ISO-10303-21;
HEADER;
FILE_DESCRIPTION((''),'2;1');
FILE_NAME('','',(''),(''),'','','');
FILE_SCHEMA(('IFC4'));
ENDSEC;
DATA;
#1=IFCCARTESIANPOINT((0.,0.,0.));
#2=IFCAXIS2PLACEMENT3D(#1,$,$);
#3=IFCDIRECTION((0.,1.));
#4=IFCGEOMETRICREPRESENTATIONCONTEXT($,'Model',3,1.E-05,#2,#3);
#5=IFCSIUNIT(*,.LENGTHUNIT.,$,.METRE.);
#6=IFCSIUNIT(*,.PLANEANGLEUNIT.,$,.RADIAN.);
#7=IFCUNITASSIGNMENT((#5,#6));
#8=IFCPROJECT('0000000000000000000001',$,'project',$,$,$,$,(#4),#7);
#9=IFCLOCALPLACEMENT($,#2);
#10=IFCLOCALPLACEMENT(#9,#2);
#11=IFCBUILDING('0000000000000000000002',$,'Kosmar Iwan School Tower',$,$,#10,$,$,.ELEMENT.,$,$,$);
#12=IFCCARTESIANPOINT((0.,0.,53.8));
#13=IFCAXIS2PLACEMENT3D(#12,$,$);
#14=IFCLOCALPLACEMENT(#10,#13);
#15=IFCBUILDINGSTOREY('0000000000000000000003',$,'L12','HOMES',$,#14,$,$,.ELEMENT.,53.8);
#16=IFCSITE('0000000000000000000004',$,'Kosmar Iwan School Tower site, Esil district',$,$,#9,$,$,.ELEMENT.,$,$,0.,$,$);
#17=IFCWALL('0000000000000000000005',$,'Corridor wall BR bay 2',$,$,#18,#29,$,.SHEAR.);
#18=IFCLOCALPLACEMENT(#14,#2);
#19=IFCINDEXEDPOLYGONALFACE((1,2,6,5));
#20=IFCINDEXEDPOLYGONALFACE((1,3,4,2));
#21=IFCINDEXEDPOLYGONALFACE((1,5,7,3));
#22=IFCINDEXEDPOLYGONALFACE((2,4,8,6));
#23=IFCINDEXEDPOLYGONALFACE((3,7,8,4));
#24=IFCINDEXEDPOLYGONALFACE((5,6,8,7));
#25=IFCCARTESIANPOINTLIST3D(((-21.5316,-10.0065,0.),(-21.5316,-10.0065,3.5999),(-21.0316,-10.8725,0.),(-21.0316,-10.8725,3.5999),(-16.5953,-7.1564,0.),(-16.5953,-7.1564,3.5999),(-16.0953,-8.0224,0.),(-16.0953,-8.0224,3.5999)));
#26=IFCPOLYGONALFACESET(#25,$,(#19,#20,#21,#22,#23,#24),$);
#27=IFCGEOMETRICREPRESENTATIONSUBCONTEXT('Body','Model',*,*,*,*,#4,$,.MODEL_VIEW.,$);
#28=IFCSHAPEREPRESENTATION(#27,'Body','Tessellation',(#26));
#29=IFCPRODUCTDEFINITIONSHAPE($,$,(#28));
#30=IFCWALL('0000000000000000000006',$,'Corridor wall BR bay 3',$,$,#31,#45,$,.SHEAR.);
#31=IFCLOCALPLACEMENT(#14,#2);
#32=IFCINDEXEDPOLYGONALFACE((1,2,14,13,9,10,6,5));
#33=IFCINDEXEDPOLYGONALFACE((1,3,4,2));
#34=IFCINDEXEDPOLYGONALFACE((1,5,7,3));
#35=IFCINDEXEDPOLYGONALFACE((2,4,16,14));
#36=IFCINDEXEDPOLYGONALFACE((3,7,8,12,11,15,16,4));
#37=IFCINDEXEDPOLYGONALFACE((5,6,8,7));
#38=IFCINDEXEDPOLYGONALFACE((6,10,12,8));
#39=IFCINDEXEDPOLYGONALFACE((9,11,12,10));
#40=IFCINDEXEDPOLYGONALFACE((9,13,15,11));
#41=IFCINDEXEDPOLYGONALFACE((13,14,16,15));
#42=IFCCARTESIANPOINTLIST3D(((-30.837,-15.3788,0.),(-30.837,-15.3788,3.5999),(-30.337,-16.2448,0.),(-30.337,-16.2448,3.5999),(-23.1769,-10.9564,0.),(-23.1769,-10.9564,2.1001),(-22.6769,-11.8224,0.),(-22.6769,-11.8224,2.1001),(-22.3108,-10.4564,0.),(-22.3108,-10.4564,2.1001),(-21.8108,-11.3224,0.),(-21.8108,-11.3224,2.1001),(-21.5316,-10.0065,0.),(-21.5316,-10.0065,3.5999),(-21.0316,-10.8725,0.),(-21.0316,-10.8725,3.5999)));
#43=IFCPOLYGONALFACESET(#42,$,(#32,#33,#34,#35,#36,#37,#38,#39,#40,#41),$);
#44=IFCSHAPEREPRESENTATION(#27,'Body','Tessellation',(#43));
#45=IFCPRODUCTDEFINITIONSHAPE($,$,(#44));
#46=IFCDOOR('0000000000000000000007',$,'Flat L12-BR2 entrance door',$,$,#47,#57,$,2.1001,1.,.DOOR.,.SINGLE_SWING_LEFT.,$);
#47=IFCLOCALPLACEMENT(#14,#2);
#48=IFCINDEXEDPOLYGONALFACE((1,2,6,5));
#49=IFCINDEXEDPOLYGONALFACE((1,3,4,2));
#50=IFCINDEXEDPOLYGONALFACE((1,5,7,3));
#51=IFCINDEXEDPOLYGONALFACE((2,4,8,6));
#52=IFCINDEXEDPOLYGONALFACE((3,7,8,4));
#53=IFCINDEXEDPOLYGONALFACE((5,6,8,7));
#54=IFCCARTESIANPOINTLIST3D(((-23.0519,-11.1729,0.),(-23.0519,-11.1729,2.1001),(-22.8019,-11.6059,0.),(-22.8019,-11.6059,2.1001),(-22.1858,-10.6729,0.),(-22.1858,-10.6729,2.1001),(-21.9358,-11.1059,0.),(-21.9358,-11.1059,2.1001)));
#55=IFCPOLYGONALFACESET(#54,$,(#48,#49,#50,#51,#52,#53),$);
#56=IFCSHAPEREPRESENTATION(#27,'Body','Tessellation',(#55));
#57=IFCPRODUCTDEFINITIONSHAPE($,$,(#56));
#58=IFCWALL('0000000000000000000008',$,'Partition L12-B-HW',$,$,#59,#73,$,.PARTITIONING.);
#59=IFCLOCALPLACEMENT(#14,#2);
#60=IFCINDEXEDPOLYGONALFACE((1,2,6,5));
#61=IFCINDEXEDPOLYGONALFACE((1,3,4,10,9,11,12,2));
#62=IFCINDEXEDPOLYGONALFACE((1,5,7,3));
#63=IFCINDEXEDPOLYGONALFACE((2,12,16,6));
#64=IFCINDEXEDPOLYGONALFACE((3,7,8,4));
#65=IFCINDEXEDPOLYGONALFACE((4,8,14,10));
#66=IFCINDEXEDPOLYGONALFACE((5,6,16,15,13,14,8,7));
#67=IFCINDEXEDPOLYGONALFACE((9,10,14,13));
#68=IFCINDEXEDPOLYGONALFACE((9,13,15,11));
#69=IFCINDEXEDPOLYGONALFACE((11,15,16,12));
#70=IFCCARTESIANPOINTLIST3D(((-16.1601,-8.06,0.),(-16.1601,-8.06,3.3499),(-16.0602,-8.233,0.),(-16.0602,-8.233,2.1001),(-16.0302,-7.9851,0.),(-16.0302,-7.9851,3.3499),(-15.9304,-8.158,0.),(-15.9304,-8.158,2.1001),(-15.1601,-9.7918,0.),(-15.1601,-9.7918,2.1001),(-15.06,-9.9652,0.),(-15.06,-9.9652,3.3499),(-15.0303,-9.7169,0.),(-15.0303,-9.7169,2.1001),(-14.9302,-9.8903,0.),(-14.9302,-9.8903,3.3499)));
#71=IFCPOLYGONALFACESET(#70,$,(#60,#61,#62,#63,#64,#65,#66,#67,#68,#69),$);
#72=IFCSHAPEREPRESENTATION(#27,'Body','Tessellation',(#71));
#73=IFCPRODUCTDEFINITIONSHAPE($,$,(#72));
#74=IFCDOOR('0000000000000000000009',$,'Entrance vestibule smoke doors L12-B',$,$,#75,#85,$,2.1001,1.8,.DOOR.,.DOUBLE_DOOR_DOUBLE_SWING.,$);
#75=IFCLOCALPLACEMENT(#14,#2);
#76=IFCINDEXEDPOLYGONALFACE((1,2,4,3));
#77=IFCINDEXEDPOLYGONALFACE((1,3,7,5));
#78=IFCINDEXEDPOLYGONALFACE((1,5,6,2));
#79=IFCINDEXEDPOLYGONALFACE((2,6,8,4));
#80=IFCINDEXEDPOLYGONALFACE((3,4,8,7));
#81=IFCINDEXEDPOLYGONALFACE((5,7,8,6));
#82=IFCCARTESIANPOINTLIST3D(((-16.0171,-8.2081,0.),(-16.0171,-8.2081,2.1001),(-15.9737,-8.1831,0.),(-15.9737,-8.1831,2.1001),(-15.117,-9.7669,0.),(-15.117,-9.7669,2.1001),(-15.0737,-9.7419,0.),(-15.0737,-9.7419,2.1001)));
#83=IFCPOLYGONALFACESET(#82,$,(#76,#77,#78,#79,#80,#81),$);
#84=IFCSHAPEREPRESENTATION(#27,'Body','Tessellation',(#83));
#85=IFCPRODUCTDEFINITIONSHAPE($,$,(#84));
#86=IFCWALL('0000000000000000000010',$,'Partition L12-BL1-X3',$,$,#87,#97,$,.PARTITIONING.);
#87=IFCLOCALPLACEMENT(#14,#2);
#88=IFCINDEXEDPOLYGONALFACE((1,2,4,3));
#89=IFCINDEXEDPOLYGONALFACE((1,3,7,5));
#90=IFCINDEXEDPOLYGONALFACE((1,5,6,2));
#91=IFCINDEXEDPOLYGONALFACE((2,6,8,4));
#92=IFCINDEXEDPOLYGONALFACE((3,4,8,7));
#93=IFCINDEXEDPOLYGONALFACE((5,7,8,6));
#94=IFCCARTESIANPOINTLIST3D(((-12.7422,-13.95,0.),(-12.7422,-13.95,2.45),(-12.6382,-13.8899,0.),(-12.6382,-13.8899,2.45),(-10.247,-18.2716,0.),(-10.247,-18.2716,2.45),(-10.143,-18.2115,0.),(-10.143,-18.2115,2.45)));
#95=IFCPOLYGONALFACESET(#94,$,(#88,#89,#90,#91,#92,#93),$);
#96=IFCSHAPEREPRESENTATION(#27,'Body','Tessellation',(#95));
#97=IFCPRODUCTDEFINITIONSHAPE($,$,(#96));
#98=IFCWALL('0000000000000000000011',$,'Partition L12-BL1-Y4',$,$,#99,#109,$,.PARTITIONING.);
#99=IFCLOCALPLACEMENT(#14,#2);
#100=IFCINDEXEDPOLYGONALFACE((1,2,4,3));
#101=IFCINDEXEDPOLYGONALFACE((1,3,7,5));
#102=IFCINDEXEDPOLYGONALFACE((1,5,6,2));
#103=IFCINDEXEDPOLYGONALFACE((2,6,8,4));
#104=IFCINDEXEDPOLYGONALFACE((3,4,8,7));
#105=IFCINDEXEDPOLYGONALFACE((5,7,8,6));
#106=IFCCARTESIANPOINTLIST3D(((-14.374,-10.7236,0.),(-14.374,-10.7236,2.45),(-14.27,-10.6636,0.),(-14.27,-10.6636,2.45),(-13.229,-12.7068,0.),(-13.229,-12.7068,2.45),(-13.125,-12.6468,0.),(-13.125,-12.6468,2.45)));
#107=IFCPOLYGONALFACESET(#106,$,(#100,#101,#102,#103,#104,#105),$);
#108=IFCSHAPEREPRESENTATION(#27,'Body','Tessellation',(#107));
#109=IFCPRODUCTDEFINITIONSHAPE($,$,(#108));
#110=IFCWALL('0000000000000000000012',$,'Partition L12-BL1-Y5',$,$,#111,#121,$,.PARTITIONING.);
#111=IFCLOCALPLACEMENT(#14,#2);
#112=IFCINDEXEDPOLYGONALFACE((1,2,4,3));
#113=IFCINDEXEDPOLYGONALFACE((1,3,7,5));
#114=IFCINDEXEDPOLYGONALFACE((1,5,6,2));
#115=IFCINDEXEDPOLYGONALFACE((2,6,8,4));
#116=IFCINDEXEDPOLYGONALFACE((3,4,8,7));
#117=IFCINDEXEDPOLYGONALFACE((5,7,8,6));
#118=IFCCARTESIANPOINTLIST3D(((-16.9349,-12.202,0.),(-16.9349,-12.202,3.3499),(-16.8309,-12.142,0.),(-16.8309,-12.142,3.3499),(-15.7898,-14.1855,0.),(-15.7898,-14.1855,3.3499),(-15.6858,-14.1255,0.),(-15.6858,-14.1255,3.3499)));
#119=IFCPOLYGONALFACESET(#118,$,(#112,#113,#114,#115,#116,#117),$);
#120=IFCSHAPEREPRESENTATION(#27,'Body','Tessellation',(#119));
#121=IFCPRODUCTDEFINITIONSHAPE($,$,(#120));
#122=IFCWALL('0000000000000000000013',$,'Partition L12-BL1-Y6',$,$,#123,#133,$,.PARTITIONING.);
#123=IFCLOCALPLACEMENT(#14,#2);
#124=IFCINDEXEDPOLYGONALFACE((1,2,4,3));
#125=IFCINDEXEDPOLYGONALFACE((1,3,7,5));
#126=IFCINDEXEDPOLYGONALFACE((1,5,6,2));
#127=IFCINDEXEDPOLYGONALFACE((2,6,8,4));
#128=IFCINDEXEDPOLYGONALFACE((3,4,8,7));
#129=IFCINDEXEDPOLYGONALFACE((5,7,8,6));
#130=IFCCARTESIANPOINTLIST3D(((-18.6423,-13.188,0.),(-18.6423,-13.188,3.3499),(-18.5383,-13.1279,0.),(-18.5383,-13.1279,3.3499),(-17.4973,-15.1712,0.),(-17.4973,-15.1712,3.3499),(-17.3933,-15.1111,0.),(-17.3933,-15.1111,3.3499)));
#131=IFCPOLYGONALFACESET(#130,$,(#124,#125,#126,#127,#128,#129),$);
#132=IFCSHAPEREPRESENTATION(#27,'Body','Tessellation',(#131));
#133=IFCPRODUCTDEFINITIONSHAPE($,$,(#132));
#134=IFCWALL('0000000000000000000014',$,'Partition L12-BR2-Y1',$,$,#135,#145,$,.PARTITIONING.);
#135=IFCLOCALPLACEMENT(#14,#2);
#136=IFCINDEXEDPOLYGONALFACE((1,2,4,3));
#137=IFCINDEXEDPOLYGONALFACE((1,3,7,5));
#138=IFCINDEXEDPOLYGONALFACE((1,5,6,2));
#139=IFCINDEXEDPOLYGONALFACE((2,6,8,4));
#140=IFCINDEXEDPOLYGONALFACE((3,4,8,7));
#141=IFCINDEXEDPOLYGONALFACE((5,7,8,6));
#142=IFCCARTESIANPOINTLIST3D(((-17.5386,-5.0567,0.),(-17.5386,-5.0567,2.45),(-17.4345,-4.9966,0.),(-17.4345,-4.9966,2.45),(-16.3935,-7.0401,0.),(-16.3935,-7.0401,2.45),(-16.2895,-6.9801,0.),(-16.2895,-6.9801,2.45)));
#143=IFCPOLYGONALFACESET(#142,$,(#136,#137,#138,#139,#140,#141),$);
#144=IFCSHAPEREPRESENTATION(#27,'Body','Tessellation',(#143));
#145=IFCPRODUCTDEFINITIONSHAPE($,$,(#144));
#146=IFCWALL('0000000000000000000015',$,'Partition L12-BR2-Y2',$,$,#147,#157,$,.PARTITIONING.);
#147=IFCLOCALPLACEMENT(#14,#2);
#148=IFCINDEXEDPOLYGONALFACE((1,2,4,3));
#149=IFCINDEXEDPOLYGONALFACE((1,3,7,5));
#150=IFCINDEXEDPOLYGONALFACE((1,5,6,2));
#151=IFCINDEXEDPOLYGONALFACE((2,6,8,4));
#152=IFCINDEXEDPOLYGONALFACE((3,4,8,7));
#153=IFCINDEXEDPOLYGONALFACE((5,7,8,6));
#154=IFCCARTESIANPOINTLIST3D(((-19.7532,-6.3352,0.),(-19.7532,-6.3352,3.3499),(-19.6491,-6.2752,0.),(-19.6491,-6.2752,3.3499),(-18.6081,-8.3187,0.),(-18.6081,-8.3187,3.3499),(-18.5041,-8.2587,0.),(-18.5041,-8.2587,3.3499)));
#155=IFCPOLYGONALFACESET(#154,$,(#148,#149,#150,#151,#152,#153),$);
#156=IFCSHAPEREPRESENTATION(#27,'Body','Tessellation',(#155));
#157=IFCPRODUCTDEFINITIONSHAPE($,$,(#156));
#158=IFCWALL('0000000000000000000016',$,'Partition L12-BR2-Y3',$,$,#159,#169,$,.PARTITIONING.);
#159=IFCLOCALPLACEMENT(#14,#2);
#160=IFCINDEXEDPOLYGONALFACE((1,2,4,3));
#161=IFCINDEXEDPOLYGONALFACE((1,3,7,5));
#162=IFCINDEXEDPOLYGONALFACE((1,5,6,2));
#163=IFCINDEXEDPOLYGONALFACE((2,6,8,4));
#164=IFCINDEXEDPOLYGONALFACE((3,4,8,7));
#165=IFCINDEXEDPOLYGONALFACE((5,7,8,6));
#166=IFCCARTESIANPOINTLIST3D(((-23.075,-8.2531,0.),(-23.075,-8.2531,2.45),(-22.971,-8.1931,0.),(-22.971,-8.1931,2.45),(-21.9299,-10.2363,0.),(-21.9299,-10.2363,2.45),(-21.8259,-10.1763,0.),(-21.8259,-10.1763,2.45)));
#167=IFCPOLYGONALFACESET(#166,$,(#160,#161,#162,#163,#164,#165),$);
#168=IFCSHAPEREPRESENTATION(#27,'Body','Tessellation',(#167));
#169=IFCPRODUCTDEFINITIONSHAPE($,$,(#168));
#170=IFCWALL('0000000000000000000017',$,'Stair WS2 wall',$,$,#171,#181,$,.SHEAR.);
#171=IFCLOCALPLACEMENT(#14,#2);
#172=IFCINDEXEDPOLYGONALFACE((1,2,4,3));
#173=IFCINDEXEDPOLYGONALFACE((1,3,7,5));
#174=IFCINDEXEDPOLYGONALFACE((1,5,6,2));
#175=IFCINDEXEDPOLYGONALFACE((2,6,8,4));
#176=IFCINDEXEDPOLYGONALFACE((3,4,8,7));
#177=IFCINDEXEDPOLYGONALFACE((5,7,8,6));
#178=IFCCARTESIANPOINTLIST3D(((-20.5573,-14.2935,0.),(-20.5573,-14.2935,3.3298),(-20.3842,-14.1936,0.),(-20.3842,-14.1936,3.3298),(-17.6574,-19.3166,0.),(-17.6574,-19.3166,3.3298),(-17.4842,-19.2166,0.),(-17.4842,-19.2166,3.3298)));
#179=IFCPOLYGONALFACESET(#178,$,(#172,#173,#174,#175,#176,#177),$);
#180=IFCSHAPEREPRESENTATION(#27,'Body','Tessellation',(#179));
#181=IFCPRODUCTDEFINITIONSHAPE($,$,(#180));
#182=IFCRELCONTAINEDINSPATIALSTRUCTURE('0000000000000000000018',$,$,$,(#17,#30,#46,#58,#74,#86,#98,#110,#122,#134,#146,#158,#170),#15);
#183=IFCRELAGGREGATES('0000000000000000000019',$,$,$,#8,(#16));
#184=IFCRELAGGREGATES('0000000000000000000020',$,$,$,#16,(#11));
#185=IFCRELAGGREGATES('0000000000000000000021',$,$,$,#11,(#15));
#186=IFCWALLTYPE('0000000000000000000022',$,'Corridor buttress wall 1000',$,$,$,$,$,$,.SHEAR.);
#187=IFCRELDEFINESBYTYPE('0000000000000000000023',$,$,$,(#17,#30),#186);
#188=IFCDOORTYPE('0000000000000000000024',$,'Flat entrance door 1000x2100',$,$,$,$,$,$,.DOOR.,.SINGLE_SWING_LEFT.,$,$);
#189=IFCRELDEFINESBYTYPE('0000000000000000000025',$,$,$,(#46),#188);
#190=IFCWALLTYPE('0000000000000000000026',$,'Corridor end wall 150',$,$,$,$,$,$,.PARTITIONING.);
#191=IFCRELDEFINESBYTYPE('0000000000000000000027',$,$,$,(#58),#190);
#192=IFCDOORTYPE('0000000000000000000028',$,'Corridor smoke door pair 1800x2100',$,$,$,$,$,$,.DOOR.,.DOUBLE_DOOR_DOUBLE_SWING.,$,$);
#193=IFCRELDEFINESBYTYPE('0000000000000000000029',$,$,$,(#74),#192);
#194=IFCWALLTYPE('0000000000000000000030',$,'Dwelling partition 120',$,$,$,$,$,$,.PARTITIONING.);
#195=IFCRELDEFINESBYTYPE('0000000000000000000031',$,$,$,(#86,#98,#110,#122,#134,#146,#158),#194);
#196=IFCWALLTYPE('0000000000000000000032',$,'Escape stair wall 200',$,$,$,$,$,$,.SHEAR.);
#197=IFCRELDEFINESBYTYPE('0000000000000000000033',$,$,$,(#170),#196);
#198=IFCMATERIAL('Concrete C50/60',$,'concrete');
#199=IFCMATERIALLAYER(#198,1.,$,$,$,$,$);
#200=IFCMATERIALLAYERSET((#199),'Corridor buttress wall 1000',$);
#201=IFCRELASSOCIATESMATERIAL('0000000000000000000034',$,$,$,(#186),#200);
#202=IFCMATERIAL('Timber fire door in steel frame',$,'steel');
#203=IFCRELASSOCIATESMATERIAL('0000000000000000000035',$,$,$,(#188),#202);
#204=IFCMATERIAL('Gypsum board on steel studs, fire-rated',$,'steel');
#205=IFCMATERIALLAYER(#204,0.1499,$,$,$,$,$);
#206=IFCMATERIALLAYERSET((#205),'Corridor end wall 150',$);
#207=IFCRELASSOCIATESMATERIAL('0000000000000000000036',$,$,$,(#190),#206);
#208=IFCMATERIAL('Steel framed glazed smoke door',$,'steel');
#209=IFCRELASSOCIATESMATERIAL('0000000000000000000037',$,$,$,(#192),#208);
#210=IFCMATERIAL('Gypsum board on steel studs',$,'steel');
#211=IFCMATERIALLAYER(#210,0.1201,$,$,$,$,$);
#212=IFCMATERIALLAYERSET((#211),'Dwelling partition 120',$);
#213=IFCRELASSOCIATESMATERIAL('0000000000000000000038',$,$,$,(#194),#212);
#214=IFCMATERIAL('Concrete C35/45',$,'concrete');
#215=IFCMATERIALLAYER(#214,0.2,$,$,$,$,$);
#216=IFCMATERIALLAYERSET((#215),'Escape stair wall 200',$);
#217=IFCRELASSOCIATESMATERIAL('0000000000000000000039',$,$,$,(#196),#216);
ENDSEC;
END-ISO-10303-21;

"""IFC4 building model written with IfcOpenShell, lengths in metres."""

from ifc_helpers import new_model, si_unit, direction, frame, frame_2d, origin, place, context, subcontext, project, spatial, rectangle, extrude, material, layer, layer_set, type_object, element, fill, save


model = new_model("IFC4")

# Units and contexts
model_context = context("Model", 3, precision=1e-05, world=origin(), true_north=direction((0.0, 1.0)))
body_context = subcontext(model_context, "Body", "Model", "MODEL_VIEW")
ifc_project = project(units=[si_unit("LENGTHUNIT", "METRE"), si_unit("PLANEANGLEUNIT", "RADIAN")], contexts=[model_context])

# Site, building, storey
site_placement = place(None, origin())
site = spatial("IfcSite", under=ifc_project, at=site_placement, Name="Kosmar Iwan School Tower site, Esil district", CompositionType="ELEMENT", RefElevation=0.0)
building_placement = place(site_placement, origin())
building = spatial("IfcBuilding", under=site, at=building_placement, Name="Kosmar Iwan School Tower", CompositionType="ELEMENT")
storey_placement = place(building_placement, frame((0.0, 0.0, 53.8)))
storey = spatial("IfcBuildingStorey", under=building, at=storey_placement, Name="L12", Description="HOMES", CompositionType="ELEMENT", Elevation=53.8)

# Shared definitions
ifc_material_1 = material(Name="Concrete C50/60", Category="concrete")
ifc_layer_1 = layer(ifc_material_1, 1.0)
ifc_layer_set_1 = layer_set([ifc_layer_1], Name="Corridor buttress wall 1000")
wall_type_1 = type_object("IfcWallType", Name="Corridor buttress wall 1000", PredefinedType="SHEAR", material=ifc_layer_set_1)

# Shared definitions
ifc_material_2 = material(Name="Timber fire door in steel frame", Category="steel")
door_type_1 = type_object("IfcDoorType", Name="Flat entrance door 1000x2100", OperationType="SINGLE_SWING_LEFT", PredefinedType="DOOR", material=ifc_material_2)

# Wall
wall_1_placement = place(storey_placement, frame((-16.3452, -7.5894, 0.0), z_axis=(0.0, 0.0, 1.0), x_axis=(-0.866015, -0.500018, 0.0)))
element("IfcWall", 1, at=wall_1_placement, inside=storey, type_object=wall_type_1, Name="Corridor wall BR bay 2", PredefinedType="SHEAR", context=body_context, shape_type="SweptSolid", body=[
    extrude(rectangle(XDim=5.7, YDim=1.0, at=frame_2d((2.8501, 0.0))), origin(), (0.0, 0.0, 1.0), 3.5999),
])

# Walls, openings, doors
wall_2_placement = place(storey_placement, frame((-21.2815, -10.4395, 0.0), z_axis=(0.0, 0.0, 1.0), x_axis=(-0.866032, -0.499988, 0.0)))
wall_2 = element("IfcWall", 2, at=wall_2_placement, inside=storey, type_object=wall_type_1, Name="Corridor wall BR bay 3", PredefinedType="SHEAR", context=body_context, shape_type="SweptSolid", body=[
    extrude(rectangle(XDim=10.7449, YDim=1.0, at=frame_2d((5.3726, 0.0))), origin(), (0.0, 0.0, 1.0), 3.5999),
])
opening_1_placement = place(wall_2_placement, frame((0.8999, 0.0, 0.0)))
opening_1 = element("IfcOpeningElement", 3, at=opening_1_placement, cuts=wall_2, PredefinedType="OPENING", context=body_context, shape_type="SweptSolid", body=[
    extrude(rectangle(XDim=1.0, YDim=2.1001, at=frame_2d((0.5, 1.05))), frame((0.0, 0.512, 0.0), z_axis=(0.0, -1.0, 0.0), x_axis=(1.0, 0.0, 0.0)), (0.0, 0.0, 1.0), 1.0239),
])
door_1_placement = place(opening_1_placement, origin())
door_1 = element("IfcDoor", 4, at=door_1_placement, inside=storey, type_object=door_type_1, Name="Flat L12-BR2 entrance door", OperationType="SINGLE_SWING_LEFT", OverallHeight=2.1001, OverallWidth=1.0, PredefinedType="DOOR", context=body_context, shape_type="SweptSolid", body=[
    extrude(rectangle(XDim=1.0, YDim=2.1001, at=frame_2d((0.5, 1.05))), frame((0.0, 0.25, 0.0), z_axis=(0.0, -1.0, 0.0), x_axis=(1.0, 0.0, 0.0)), (0.0, 0.0, 1.0), 0.5),
])
fill(opening_1, door_1)
ifc_material_3 = material(Name="Gypsum board on steel studs, fire-rated", Category="steel")
ifc_layer_2 = layer(ifc_material_3, 0.1499)
ifc_layer_set_2 = layer_set([ifc_layer_2], Name="Corridor end wall 150")
wall_type_2 = type_object("IfcWallType", Name="Corridor end wall 150", PredefinedType="PARTITIONING", material=ifc_layer_set_2)
wall_3_placement = place(storey_placement, frame((-16.0952, -8.0225, 0.0), z_axis=(0.0, 0.0, 1.0), x_axis=(0.50003, -0.866008, 0.0)))
wall_3 = element("IfcWall", 5, at=wall_3_placement, inside=storey, type_object=wall_type_2, Name="Partition L12-B-HW", PredefinedType="PARTITIONING", context=body_context, shape_type="SweptSolid", body=[
    extrude(rectangle(XDim=2.2, YDim=0.1499, at=frame_2d((1.1001, 0.0))), origin(), (0.0, 0.0, 1.0), 3.3499),
])
opening_2_placement = place(wall_3_placement, frame((0.2, 0.0, 0.0)))
opening_2 = element("IfcOpeningElement", 6, at=opening_2_placement, cuts=wall_3, PredefinedType="OPENING", context=body_context, shape_type="SweptSolid", body=[
    extrude(rectangle(XDim=1.8, YDim=2.1001, at=frame_2d((0.8999, 1.05))), frame((0.0, 0.0869, 0.0), z_axis=(0.0, -1.0, 0.0), x_axis=(1.0, 0.0, 0.0)), (0.0, 0.0, 1.0), 0.1738),
])
ifc_material_4 = material(Name="Steel framed glazed smoke door", Category="steel")
door_type_2 = type_object("IfcDoorType", Name="Corridor smoke door pair 1800x2100", OperationType="DOUBLE_DOOR_DOUBLE_SWING", PredefinedType="DOOR", material=ifc_material_4)
door_2_placement = place(opening_2_placement, origin())
door_2 = element("IfcDoor", 7, at=door_2_placement, inside=storey, type_object=door_type_2, Name="Entrance vestibule smoke doors L12-B", OperationType="DOUBLE_DOOR_DOUBLE_SWING", OverallHeight=2.1001, OverallWidth=1.8, PredefinedType="DOOR", context=body_context, shape_type="SweptSolid", body=[
    extrude(rectangle(XDim=1.8, YDim=2.1001, at=frame_2d((0.8999, 1.05))), frame((0.0, 0.0249, 0.0), z_axis=(0.0, -1.0, 0.0), x_axis=(1.0, 0.0, 0.0)), (0.0, 0.0, 1.0), 0.05),
])
fill(opening_2, door_2)

# Walls
ifc_material_5 = material(Name="Gypsum board on steel studs", Category="steel")
ifc_layer_3 = layer(ifc_material_5, 0.1201)
ifc_layer_set_3 = layer_set([ifc_layer_3], Name="Dwelling partition 120")
wall_type_3 = type_object("IfcWallType", Name="Dwelling partition 120", PredefinedType="PARTITIONING", material=ifc_layer_set_3)
wall_4_placement = place(storey_placement, frame((-12.6902, -13.9199, 0.0), z_axis=(0.0, 0.0, 1.0), x_axis=(0.500012, -0.866019, 0.0)))
element("IfcWall", 8, at=wall_4_placement, inside=storey, type_object=wall_type_3, Name="Partition L12-BL1-X3", PredefinedType="PARTITIONING", context=body_context, shape_type="SweptSolid", body=[
    extrude(rectangle(XDim=4.9902, YDim=0.1201, at=frame_2d((2.4951, 0.0))), origin(), (0.0, 0.0, 1.0), 2.45),
])
wall_5_placement = place(storey_placement, frame((-14.322, -10.6936, 0.0), z_axis=(0.0, 0.0, 1.0), x_axis=(0.500015, -0.866017, 0.0)))
element("IfcWall", 9, at=wall_5_placement, inside=storey, type_object=wall_type_3, Name="Partition L12-BL1-Y4", PredefinedType="PARTITIONING", context=body_context, shape_type="SweptSolid", body=[
    extrude(rectangle(XDim=2.29, YDim=0.1201, at=frame_2d((1.145, 0.0))), origin(), (0.0, 0.0, 1.0), 2.45),
])
wall_6_placement = place(storey_placement, frame((-16.8828, -12.1721, 0.0), z_axis=(0.0, 0.0, 1.0), x_axis=(0.499969, -0.866044, 0.0)))
element("IfcWall", 10, at=wall_6_placement, inside=storey, type_object=wall_type_3, Name="Partition L12-BL1-Y5", PredefinedType="PARTITIONING", context=body_context, shape_type="SweptSolid", body=[
    extrude(rectangle(XDim=2.2903, YDim=0.1201, at=frame_2d((1.145, 0.0))), origin(), (0.0, 0.0, 1.0), 3.3499),
])
wall_7_placement = place(storey_placement, frame((-18.5903, -13.158, 0.0), z_axis=(0.0, 0.0, 1.0), x_axis=(0.500015, -0.866017, 0.0)))
element("IfcWall", 11, at=wall_7_placement, inside=storey, type_object=wall_type_3, Name="Partition L12-BL1-Y6", PredefinedType="PARTITIONING", context=body_context, shape_type="SweptSolid", body=[
    extrude(rectangle(XDim=2.29, YDim=0.1201, at=frame_2d((1.145, 0.0))), origin(), (0.0, 0.0, 1.0), 3.3499),
])
wall_8_placement = place(storey_placement, frame((-16.3416, -7.01, 0.0), z_axis=(0.0, 0.0, 1.0), x_axis=(-0.499969, 0.866044, 0.0)))
element("IfcWall", 12, at=wall_8_placement, inside=storey, type_object=wall_type_3, Name="Partition L12-BR2-Y1", PredefinedType="PARTITIONING", context=body_context, shape_type="SweptSolid", body=[
    extrude(rectangle(XDim=2.2903, YDim=0.1201, at=frame_2d((1.145, 0.0))), origin(), (0.0, 0.0, 1.0), 2.45),
])
wall_9_placement = place(storey_placement, frame((-18.5562, -8.2886, 0.0), z_axis=(0.0, 0.0, 1.0), x_axis=(-0.499969, 0.866044, 0.0)))
element("IfcWall", 13, at=wall_9_placement, inside=storey, type_object=wall_type_3, Name="Partition L12-BR2-Y2", PredefinedType="PARTITIONING", context=body_context, shape_type="SweptSolid", body=[
    extrude(rectangle(XDim=2.2903, YDim=0.1201, at=frame_2d((1.145, 0.0))), origin(), (0.0, 0.0, 1.0), 3.3499),
])
wall_10_placement = place(storey_placement, frame((-21.8779, -10.2063, 0.0), z_axis=(0.0, 0.0, 1.0), x_axis=(-0.500015, 0.866017, 0.0)))
element("IfcWall", 14, at=wall_10_placement, inside=storey, type_object=wall_type_3, Name="Partition L12-BR2-Y3", PredefinedType="PARTITIONING", context=body_context, shape_type="SweptSolid", body=[
    extrude(rectangle(XDim=2.29, YDim=0.1201, at=frame_2d((1.145, 0.0))), origin(), (0.0, 0.0, 1.0), 2.45),
])
ifc_material_6 = material(Name="Concrete C35/45", Category="concrete")
ifc_layer_4 = layer(ifc_material_6, 0.2)
ifc_layer_set_4 = layer_set([ifc_layer_4], Name="Escape stair wall 200")
wall_type_4 = type_object("IfcWallType", Name="Escape stair wall 200", PredefinedType="SHEAR", material=ifc_layer_set_4)
wall_11_placement = place(storey_placement, frame((-20.4707, -14.2437, 0.0), z_axis=(0.0, 0.0, 1.0), x_axis=(0.499987, -0.866033, 0.0)))
element("IfcWall", 15, at=wall_11_placement, inside=storey, type_object=wall_type_4, Name="Stair WS2 wall", PredefinedType="SHEAR", context=body_context, shape_type="SweptSolid", body=[
    extrude(rectangle(XDim=5.8, YDim=0.2, at=frame_2d((2.8999, 0.0))), origin(), (0.0, 0.0, 1.0), 3.3298),
])

save(model, "model.ifc")
